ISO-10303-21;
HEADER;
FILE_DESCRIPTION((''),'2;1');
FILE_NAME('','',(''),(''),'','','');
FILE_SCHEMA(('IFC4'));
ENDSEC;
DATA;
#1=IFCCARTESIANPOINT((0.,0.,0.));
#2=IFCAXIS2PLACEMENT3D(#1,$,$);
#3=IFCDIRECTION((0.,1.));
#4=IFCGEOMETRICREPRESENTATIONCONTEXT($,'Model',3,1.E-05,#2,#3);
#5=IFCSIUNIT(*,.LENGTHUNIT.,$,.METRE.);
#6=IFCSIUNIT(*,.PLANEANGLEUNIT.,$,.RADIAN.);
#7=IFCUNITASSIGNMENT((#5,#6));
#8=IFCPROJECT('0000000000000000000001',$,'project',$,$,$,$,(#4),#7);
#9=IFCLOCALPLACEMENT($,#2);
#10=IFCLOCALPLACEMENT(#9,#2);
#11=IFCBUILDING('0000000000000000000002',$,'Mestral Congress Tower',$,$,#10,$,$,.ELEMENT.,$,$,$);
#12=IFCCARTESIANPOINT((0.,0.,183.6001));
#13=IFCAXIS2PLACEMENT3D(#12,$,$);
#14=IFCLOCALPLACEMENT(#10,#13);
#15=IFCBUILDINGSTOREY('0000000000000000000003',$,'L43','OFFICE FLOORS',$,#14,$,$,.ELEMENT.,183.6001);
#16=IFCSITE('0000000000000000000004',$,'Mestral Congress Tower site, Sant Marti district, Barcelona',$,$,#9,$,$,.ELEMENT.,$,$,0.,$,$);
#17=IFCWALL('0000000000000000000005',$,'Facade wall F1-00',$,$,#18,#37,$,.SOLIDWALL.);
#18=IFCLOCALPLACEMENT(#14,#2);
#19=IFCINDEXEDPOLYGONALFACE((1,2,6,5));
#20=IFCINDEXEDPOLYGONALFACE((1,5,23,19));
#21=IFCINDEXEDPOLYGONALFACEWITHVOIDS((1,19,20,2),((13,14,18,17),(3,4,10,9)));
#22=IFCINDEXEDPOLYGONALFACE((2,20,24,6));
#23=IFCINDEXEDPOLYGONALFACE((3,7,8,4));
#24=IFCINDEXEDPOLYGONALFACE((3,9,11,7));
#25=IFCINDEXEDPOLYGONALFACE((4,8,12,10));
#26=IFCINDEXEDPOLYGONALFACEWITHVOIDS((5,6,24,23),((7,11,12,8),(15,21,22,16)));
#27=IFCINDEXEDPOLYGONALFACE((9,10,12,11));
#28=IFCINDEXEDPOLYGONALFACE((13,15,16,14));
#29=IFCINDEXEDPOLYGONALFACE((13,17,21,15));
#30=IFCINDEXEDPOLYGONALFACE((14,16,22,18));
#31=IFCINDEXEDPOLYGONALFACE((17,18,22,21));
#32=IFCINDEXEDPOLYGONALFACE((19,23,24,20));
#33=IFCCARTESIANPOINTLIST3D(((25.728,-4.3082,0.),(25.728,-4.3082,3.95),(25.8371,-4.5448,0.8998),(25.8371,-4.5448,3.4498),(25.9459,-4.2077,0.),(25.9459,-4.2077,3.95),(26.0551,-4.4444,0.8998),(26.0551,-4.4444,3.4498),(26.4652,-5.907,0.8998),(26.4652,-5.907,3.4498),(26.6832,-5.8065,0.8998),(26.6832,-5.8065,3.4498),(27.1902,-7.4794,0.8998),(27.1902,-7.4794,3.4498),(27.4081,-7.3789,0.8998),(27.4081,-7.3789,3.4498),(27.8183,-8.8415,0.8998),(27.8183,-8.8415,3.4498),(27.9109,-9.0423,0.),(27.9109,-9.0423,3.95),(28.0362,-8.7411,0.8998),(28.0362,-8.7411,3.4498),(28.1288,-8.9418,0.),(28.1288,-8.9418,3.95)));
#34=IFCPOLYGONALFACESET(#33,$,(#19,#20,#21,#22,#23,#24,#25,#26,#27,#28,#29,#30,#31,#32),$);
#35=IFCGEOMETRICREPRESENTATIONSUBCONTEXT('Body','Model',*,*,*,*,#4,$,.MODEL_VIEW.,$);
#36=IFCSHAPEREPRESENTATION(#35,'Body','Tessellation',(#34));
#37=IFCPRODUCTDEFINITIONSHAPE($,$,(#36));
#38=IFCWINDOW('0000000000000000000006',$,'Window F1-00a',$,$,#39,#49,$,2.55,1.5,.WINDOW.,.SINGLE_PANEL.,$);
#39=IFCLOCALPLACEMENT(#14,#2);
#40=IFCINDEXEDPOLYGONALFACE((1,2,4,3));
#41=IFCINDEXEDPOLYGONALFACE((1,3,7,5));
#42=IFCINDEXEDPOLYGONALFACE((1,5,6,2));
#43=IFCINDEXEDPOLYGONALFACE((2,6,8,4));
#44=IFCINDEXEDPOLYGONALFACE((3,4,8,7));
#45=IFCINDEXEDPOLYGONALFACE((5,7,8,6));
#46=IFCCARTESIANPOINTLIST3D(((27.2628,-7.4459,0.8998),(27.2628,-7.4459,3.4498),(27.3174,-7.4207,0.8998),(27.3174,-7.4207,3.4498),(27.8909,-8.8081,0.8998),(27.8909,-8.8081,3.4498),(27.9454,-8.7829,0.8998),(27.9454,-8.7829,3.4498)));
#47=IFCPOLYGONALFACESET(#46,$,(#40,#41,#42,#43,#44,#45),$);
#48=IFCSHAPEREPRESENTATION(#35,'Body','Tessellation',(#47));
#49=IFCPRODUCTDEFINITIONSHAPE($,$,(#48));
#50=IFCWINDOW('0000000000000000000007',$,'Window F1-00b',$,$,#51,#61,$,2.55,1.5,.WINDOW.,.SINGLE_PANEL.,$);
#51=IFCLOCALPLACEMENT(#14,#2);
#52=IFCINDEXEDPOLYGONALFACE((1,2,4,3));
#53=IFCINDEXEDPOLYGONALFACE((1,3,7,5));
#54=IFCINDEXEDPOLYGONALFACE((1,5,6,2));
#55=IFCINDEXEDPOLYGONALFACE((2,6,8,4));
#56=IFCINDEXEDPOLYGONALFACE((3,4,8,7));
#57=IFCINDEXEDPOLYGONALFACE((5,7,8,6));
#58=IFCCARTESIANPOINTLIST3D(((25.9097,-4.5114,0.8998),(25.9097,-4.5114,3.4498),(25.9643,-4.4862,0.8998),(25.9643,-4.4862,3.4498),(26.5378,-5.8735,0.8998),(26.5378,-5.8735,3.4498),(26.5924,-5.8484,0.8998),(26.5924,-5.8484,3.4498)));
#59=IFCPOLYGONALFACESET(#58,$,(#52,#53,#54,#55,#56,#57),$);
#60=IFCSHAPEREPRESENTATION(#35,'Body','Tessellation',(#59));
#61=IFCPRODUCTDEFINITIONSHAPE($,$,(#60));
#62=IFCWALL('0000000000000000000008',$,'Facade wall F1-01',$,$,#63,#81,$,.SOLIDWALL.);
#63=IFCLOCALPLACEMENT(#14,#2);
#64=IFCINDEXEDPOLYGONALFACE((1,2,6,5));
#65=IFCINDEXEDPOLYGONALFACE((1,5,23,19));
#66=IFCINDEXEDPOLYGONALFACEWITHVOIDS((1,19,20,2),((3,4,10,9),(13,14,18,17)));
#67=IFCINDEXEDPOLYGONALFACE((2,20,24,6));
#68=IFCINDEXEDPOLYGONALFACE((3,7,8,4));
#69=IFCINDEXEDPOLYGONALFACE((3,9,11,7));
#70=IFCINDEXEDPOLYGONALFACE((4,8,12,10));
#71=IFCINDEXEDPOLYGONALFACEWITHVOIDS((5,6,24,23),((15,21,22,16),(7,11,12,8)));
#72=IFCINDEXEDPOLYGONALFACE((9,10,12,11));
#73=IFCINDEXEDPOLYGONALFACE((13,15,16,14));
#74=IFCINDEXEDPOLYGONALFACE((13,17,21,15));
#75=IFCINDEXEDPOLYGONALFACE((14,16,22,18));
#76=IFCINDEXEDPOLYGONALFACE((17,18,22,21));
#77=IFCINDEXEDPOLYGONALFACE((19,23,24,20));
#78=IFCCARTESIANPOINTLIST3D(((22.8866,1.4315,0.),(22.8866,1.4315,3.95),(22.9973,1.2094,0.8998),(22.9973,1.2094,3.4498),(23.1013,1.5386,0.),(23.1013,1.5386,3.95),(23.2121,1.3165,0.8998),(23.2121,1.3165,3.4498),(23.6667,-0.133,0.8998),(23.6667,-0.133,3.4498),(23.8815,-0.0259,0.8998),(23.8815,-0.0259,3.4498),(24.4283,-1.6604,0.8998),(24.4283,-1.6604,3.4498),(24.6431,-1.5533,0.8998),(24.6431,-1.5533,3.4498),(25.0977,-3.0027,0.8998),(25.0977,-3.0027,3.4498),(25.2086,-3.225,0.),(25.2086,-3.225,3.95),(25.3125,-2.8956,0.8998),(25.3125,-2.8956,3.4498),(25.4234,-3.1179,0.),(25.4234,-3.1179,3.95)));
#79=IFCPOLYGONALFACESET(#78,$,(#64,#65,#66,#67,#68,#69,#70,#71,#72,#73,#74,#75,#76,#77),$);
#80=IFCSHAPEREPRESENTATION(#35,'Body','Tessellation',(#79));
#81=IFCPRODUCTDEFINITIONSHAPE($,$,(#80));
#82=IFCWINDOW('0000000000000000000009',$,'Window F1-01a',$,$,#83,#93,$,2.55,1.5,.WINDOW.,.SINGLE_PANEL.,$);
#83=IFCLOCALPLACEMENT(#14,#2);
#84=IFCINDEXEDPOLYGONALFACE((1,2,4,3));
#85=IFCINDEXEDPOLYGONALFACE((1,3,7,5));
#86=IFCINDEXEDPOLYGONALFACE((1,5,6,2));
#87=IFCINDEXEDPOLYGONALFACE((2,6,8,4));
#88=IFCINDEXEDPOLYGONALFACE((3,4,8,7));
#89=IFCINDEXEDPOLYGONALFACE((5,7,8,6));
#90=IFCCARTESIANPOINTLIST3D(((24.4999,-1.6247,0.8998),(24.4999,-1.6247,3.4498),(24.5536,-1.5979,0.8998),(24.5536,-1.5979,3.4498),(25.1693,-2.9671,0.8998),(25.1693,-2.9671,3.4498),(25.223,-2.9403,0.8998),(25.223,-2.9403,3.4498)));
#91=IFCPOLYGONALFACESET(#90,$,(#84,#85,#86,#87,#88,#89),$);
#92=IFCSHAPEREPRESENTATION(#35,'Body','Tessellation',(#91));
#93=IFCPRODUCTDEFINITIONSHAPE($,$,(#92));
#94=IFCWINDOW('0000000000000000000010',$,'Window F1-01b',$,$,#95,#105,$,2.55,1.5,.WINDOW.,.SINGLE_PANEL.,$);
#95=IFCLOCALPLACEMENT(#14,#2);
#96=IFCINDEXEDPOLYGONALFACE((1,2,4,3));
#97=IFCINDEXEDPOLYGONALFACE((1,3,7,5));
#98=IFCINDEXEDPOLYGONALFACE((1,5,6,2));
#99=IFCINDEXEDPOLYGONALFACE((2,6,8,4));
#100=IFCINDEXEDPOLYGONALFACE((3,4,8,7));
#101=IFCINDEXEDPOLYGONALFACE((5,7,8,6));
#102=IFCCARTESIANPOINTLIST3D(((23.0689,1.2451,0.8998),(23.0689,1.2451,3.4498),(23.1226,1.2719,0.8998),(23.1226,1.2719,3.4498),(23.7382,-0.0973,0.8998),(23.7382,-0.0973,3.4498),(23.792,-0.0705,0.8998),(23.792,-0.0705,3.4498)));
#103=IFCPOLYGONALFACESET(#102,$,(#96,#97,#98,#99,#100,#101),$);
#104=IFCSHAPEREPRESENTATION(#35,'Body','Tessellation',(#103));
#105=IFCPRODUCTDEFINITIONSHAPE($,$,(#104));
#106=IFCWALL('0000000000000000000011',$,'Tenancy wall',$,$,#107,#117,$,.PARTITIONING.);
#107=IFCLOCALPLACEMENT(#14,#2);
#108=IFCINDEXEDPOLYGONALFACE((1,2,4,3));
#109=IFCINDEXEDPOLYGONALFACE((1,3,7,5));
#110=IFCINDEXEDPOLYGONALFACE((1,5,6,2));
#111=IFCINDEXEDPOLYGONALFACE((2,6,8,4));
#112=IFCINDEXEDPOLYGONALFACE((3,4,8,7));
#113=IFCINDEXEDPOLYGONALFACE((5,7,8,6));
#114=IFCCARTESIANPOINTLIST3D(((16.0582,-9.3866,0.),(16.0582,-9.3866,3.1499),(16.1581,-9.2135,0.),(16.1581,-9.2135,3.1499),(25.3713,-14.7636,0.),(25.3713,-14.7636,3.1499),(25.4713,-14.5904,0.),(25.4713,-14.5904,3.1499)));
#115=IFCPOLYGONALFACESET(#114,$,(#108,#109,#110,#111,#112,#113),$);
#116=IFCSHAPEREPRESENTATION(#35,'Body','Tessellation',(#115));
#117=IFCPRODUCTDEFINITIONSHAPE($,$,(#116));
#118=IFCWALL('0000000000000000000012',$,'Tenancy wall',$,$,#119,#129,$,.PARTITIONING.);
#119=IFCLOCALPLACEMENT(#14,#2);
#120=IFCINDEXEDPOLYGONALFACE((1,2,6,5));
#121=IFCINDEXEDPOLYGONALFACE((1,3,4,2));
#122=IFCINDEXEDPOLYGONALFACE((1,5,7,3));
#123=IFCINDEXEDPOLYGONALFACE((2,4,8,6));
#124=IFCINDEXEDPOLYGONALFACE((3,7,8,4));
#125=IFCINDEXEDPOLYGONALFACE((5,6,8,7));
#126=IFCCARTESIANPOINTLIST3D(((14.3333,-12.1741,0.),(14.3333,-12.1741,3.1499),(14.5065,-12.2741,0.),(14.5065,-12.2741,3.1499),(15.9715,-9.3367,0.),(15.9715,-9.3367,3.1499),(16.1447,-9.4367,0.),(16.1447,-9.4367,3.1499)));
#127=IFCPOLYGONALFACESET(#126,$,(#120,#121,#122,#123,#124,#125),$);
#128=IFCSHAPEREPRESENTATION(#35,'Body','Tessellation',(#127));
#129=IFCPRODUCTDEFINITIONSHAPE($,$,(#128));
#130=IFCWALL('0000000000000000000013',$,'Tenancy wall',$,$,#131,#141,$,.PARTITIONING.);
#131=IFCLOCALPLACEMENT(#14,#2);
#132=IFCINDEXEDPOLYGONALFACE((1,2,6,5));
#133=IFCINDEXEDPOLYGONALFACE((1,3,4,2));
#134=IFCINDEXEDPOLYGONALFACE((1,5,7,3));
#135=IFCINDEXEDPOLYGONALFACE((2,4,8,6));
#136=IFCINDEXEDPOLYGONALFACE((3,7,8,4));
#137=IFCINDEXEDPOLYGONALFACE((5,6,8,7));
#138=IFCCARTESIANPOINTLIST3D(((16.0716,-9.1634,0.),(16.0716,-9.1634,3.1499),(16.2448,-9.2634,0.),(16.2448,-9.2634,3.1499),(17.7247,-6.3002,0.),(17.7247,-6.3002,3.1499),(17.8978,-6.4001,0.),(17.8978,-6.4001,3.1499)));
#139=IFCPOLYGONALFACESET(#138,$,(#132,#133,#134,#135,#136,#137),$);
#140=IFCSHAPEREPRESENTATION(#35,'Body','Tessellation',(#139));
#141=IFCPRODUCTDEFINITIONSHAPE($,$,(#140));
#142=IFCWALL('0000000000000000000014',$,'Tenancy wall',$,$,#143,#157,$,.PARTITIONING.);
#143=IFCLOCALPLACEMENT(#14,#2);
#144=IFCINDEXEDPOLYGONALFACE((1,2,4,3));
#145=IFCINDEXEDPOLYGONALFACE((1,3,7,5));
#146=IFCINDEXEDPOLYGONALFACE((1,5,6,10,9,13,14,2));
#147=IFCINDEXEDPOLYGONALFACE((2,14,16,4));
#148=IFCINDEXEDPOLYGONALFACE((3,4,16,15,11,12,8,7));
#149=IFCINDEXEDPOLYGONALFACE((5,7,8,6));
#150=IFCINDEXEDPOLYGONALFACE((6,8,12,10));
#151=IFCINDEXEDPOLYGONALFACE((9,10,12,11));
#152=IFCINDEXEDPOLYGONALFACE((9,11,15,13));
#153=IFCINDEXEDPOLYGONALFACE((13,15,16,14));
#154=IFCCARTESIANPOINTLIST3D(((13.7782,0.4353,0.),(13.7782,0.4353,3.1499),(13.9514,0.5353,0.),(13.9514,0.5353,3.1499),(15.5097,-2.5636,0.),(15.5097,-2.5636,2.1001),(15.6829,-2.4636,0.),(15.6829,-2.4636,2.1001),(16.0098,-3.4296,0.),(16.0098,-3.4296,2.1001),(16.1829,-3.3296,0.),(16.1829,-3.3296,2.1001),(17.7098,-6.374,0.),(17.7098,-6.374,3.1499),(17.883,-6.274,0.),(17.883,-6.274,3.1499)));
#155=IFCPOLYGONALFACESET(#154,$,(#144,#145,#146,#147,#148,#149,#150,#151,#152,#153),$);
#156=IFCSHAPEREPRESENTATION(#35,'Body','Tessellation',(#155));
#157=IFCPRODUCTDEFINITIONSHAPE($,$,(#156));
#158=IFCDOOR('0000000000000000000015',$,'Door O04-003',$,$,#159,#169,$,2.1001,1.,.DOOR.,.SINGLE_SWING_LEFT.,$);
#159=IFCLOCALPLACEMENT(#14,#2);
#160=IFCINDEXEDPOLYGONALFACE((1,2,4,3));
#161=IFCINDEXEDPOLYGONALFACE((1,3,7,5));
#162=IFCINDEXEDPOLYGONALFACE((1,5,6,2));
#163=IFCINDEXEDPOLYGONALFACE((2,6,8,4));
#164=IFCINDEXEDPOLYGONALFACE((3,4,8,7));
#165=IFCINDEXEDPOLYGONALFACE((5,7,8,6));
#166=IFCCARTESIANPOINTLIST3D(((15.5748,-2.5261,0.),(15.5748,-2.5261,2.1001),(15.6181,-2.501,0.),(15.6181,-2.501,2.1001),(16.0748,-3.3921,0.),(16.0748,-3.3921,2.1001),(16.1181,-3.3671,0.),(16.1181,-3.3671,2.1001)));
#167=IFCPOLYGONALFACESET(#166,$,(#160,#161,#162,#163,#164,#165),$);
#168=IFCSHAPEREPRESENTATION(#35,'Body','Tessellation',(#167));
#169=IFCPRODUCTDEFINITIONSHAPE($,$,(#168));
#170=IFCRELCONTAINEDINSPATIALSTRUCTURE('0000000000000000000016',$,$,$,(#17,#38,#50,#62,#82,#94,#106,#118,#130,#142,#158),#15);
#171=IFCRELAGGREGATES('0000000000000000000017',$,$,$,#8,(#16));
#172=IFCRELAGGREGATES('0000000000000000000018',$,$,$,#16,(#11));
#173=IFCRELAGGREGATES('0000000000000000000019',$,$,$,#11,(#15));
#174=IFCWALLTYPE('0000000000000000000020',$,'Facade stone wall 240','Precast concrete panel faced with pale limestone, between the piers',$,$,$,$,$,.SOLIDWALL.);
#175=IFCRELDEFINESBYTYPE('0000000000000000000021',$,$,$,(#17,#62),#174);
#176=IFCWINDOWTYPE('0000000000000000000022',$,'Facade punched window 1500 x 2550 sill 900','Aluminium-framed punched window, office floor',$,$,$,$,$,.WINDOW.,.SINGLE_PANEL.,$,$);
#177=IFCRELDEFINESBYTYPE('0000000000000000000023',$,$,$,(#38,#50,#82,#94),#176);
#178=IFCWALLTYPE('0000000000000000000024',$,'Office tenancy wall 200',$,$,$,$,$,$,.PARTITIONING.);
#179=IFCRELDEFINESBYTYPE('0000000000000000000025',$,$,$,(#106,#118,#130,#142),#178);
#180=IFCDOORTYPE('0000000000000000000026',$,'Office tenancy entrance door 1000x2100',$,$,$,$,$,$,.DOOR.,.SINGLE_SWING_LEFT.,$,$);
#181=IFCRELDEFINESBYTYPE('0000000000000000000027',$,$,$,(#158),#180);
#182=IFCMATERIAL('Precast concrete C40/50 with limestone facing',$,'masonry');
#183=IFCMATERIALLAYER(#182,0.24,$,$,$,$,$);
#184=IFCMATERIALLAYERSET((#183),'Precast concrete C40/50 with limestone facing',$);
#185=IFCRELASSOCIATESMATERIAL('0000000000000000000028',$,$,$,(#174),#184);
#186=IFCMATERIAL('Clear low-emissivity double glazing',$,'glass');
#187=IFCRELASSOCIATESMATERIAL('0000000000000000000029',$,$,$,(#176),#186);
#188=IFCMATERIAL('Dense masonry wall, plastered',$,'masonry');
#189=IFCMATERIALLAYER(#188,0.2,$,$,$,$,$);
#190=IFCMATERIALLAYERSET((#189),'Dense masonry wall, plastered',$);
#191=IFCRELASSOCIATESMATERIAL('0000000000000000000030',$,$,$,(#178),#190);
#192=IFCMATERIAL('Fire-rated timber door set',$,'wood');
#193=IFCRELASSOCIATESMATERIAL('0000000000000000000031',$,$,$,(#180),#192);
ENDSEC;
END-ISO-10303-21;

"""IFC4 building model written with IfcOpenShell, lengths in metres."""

from ifc_helpers import new_model, si_unit, direction, frame, frame_2d, origin, place, context, subcontext, project, spatial, rectangle, extrude, material, layer, layer_set, type_object, element, fill, save


model = new_model("IFC4")

# Units and contexts
model_context = context("Model", 3, precision=1e-05, world=origin(), true_north=direction((0.0, 1.0)))
body_context = subcontext(model_context, "Body", "Model", "MODEL_VIEW")
ifc_project = project(units=[si_unit("LENGTHUNIT", "METRE"), si_unit("PLANEANGLEUNIT", "RADIAN")], contexts=[model_context])

# Site, building, storey
site_placement = place(None, origin())
site = spatial("IfcSite", under=ifc_project, at=site_placement, Name="Mestral Congress Tower site, Sant Marti district, Barcelona", CompositionType="ELEMENT", RefElevation=0.0)
building_placement = place(site_placement, origin())
building = spatial("IfcBuilding", under=site, at=building_placement, Name="Mestral Congress Tower", CompositionType="ELEMENT")
storey_placement = place(building_placement, frame((0.0, 0.0, 183.6001)))
storey = spatial("IfcBuildingStorey", under=building, at=storey_placement, Name="L43", Description="OFFICE FLOORS", CompositionType="ELEMENT", Elevation=183.6001)

# Shared definitions
ifc_material_1 = material(Name="Precast concrete C40/50 with limestone facing", Category="masonry")
ifc_layer_1 = layer(ifc_material_1, 0.24)
ifc_layer_set_1 = layer_set([ifc_layer_1], Name="Precast concrete C40/50 with limestone facing")
wall_type_1 = type_object("IfcWallType", Name="Facade stone wall 240", Description="Precast concrete panel faced with pale limestone, between the piers", PredefinedType="SOLIDWALL", material=ifc_layer_set_1)
ifc_material_2 = material(Name="Clear low-emissivity double glazing", Category="glass")

# Walls, openings, windows
wall_1_placement = place(storey_placement, frame((28.0198, -8.9919, 0.0), z_axis=(0.0, 0.0, 1.0), x_axis=(-0.418723, 0.908114, 0.0)))
wall_1 = element("IfcWall", 1, at=wall_1_placement, inside=storey, type_object=wall_type_1, Name="Facade wall F1-00", PredefinedType="SOLIDWALL", context=body_context, shape_type="SweptSolid", body=[
    extrude(rectangle(XDim=5.2131, YDim=0.24, at=frame_2d((2.6064, 0.0))), origin(), (0.0, 0.0, 1.0), 3.95),
])
opening_1_placement = place(wall_1_placement, frame((0.2209, 0.0, 0.8999)))
opening_1 = element("IfcOpeningElement", 2, at=opening_1_placement, cuts=wall_1, PredefinedType="OPENING", context=body_context, shape_type="SweptSolid", body=[
    extrude(rectangle(XDim=1.5, YDim=2.55, at=frame_2d((0.75, 1.2749))), frame((0.0, 0.1299, 0.0), z_axis=(0.0, -1.0, 0.0), x_axis=(1.0, 0.0, 0.0)), (0.0, 0.0, 1.0), 0.26),
])
opening_2_placement = place(wall_1_placement, frame((3.4524, 0.0, 0.8999)))
opening_2 = element("IfcOpeningElement", 3, at=opening_2_placement, cuts=wall_1, PredefinedType="OPENING", context=body_context, shape_type="SweptSolid", body=[
    extrude(rectangle(XDim=1.5, YDim=2.55, at=frame_2d((0.75, 1.2749))), frame((0.0, 0.1299, 0.0), z_axis=(0.0, -1.0, 0.0), x_axis=(1.0, 0.0, 0.0)), (0.0, 0.0, 1.0), 0.26),
])
window_type_1 = type_object("IfcWindowType", Name="Facade punched window 1500 x 2550 sill 900", Description="Aluminium-framed punched window, office floor", PartitioningType="SINGLE_PANEL", PredefinedType="WINDOW", material=ifc_material_2)
window_1_placement = place(opening_1_placement, origin())
window_1 = element("IfcWindow", 4, at=window_1_placement, inside=storey, type_object=window_type_1, Name="Window F1-00a", OverallHeight=2.55, OverallWidth=1.5, PartitioningType="SINGLE_PANEL", PredefinedType="WINDOW", context=body_context, shape_type="SweptSolid", body=[
    extrude(rectangle(XDim=1.5, YDim=2.55, at=frame_2d((0.75, 1.2749))), frame((0.0, 0.04, 0.0), z_axis=(0.0, -1.0, 0.0), x_axis=(1.0, 0.0, 0.0)), (0.0, 0.0, 1.0), 0.0601),
])
fill(opening_1, window_1)
window_2_placement = place(opening_2_placement, origin())
window_2 = element("IfcWindow", 5, at=window_2_placement, inside=storey, type_object=window_type_1, Name="Window F1-00b", OverallHeight=2.55, OverallWidth=1.5, PartitioningType="SINGLE_PANEL", PredefinedType="WINDOW", context=body_context, shape_type="SweptSolid", body=[
    extrude(rectangle(XDim=1.5, YDim=2.55, at=frame_2d((0.75, 1.2749))), frame((0.0, 0.04, 0.0), z_axis=(0.0, -1.0, 0.0), x_axis=(1.0, 0.0, 0.0)), (0.0, 0.0, 1.0), 0.0601),
])
fill(opening_2, window_2)
wall_2_placement = place(storey_placement, frame((25.3159, -3.1714, 0.0), z_axis=(0.0, 0.0, 1.0), x_axis=(-0.446256, 0.894905, 0.0)))
wall_2 = element("IfcWall", 6, at=wall_2_placement, inside=storey, type_object=wall_type_1, Name="Facade wall F1-01", PredefinedType="SOLIDWALL", context=body_context, shape_type="SweptSolid", body=[
    extrude(rectangle(XDim=5.2034, YDim=0.24, at=frame_2d((2.6016, 0.0))), origin(), (0.0, 0.0, 1.0), 3.95),
])
opening_3_placement = place(wall_2_placement, frame((0.2483, 0.0, 0.8999)))
opening_3 = element("IfcOpeningElement", 7, at=opening_3_placement, cuts=wall_2, PredefinedType="OPENING", context=body_context, shape_type="SweptSolid", body=[
    extrude(rectangle(XDim=1.5, YDim=2.55, at=frame_2d((0.75, 1.2749))), frame((0.0, 0.1299, 0.0), z_axis=(0.0, -1.0, 0.0), x_axis=(1.0, 0.0, 0.0)), (0.0, 0.0, 1.0), 0.26),
])
opening_4_placement = place(wall_2_placement, frame((3.4551, 0.0, 0.8999)))
opening_4 = element("IfcOpeningElement", 8, at=opening_4_placement, cuts=wall_2, PredefinedType="OPENING", context=body_context, shape_type="SweptSolid", body=[
    extrude(rectangle(XDim=1.5, YDim=2.55, at=frame_2d((0.75, 1.2749))), frame((0.0, 0.1299, 0.0), z_axis=(0.0, -1.0, 0.0), x_axis=(1.0, 0.0, 0.0)), (0.0, 0.0, 1.0), 0.26),
])
window_3_placement = place(opening_3_placement, origin())
window_3 = element("IfcWindow", 9, at=window_3_placement, inside=storey, type_object=window_type_1, Name="Window F1-01a", OverallHeight=2.55, OverallWidth=1.5, PartitioningType="SINGLE_PANEL", PredefinedType="WINDOW", context=body_context, shape_type="SweptSolid", body=[
    extrude(rectangle(XDim=1.5, YDim=2.55, at=frame_2d((0.75, 1.2749))), frame((0.0, 0.04, 0.0), z_axis=(0.0, -1.0, 0.0), x_axis=(1.0, 0.0, 0.0)), (0.0, 0.0, 1.0), 0.0601),
])
fill(opening_3, window_3)
window_4_placement = place(opening_4_placement, origin())
window_4 = element("IfcWindow", 10, at=window_4_placement, inside=storey, type_object=window_type_1, Name="Window F1-01b", OverallHeight=2.55, OverallWidth=1.5, PartitioningType="SINGLE_PANEL", PredefinedType="WINDOW", context=body_context, shape_type="SweptSolid", body=[
    extrude(rectangle(XDim=1.5, YDim=2.55, at=frame_2d((0.75, 1.2749))), frame((0.0, 0.04, 0.0), z_axis=(0.0, -1.0, 0.0), x_axis=(1.0, 0.0, 0.0)), (0.0, 0.0, 1.0), 0.0601),
])
fill(opening_4, window_4)

# Walls
ifc_material_3 = material(Name="Dense masonry wall, plastered", Category="masonry")
ifc_layer_2 = layer(ifc_material_3, 0.2)
ifc_layer_set_2 = layer_set([ifc_layer_2], Name="Dense masonry wall, plastered")
wall_type_2 = type_object("IfcWallType", Name="Office tenancy wall 200", PredefinedType="PARTITIONING", material=ifc_layer_set_2)
wall_3_placement = place(storey_placement, frame((16.1082, -9.3, 0.0), z_axis=(0.0, 0.0, 1.0), x_axis=(0.866027, -0.499997, 0.0)))
element("IfcWall", 11, at=wall_3_placement, inside=storey, type_object=wall_type_2, Name="Tenancy wall", PredefinedType="PARTITIONING", context=body_context, shape_type="SweptSolid", body=[
    extrude(rectangle(XDim=10.7539, YDim=0.2, at=frame_2d((5.377, 0.0))), origin(), (0.0, 0.0, 1.0), 3.1499),
])
wall_4_placement = place(storey_placement, frame((14.4199, -12.2241, 0.0), z_axis=(0.0, 0.0, 1.0), x_axis=(0.500002, 0.866024, 0.0)))
element("IfcWall", 12, at=wall_4_placement, inside=storey, type_object=wall_type_2, Name="Tenancy wall", PredefinedType="PARTITIONING", context=body_context, shape_type="SweptSolid", body=[
    extrude(rectangle(XDim=3.2764, YDim=0.2, at=frame_2d((1.6382, 0.0))), origin(), (0.0, 0.0, 1.0), 3.1499),
])
wall_5_placement = place(storey_placement, frame((16.1582, -9.2134, 0.0), z_axis=(0.0, 0.0, 1.0), x_axis=(0.499991, 0.866031, 0.0)))
element("IfcWall", 13, at=wall_5_placement, inside=storey, type_object=wall_type_2, Name="Tenancy wall", PredefinedType="PARTITIONING", context=body_context, shape_type="SweptSolid", body=[
    extrude(rectangle(XDim=3.3062, YDim=0.2, at=frame_2d((1.6531, 0.0))), origin(), (0.0, 0.0, 1.0), 3.1499),
])

# Wall, opening, door
wall_6_placement = place(storey_placement, frame((17.7964, -6.324, 0.0), z_axis=(0.0, 0.0, 1.0), x_axis=(-0.500026, 0.86601, 0.0)))
wall_6 = element("IfcWall", 14, at=wall_6_placement, inside=storey, type_object=wall_type_2, Name="Tenancy wall", PredefinedType="PARTITIONING", context=body_context, shape_type="SweptSolid", body=[
    extrude(rectangle(XDim=7.8628, YDim=0.2, at=frame_2d((3.9314, 0.0))), origin(), (0.0, 0.0, 1.0), 3.1499),
])
opening_5_placement = place(wall_6_placement, frame((3.3999, 0.0, 0.0)))
opening_5 = element("IfcOpeningElement", 15, at=opening_5_placement, cuts=wall_6, PredefinedType="OPENING", context=body_context, shape_type="SweptSolid", body=[
    extrude(rectangle(XDim=1.0, YDim=2.1001, at=frame_2d((0.5, 1.05))), frame((0.0, 0.1099, 0.0), z_axis=(0.0, -1.0, 0.0), x_axis=(1.0, 0.0, 0.0)), (0.0, 0.0, 1.0), 0.22),
])
ifc_material_4 = material(Name="Fire-rated timber door set", Category="wood")
door_type = type_object("IfcDoorType", Name="Office tenancy entrance door 1000x2100", OperationType="SINGLE_SWING_LEFT", PredefinedType="DOOR", material=ifc_material_4)
door_placement = place(opening_5_placement, origin())
door = element("IfcDoor", 16, at=door_placement, inside=storey, type_object=door_type, Name="Door O04-003", OperationType="SINGLE_SWING_LEFT", OverallHeight=2.1001, OverallWidth=1.0, PredefinedType="DOOR", context=body_context, shape_type="SweptSolid", body=[
    extrude(rectangle(XDim=1.0, YDim=2.1001, at=frame_2d((0.5, 1.05))), frame((0.0, 0.0249, 0.0), z_axis=(0.0, -1.0, 0.0), x_axis=(1.0, 0.0, 0.0)), (0.0, 0.0, 1.0), 0.05),
])
fill(opening_5, door)

save(model, "model.ifc")
